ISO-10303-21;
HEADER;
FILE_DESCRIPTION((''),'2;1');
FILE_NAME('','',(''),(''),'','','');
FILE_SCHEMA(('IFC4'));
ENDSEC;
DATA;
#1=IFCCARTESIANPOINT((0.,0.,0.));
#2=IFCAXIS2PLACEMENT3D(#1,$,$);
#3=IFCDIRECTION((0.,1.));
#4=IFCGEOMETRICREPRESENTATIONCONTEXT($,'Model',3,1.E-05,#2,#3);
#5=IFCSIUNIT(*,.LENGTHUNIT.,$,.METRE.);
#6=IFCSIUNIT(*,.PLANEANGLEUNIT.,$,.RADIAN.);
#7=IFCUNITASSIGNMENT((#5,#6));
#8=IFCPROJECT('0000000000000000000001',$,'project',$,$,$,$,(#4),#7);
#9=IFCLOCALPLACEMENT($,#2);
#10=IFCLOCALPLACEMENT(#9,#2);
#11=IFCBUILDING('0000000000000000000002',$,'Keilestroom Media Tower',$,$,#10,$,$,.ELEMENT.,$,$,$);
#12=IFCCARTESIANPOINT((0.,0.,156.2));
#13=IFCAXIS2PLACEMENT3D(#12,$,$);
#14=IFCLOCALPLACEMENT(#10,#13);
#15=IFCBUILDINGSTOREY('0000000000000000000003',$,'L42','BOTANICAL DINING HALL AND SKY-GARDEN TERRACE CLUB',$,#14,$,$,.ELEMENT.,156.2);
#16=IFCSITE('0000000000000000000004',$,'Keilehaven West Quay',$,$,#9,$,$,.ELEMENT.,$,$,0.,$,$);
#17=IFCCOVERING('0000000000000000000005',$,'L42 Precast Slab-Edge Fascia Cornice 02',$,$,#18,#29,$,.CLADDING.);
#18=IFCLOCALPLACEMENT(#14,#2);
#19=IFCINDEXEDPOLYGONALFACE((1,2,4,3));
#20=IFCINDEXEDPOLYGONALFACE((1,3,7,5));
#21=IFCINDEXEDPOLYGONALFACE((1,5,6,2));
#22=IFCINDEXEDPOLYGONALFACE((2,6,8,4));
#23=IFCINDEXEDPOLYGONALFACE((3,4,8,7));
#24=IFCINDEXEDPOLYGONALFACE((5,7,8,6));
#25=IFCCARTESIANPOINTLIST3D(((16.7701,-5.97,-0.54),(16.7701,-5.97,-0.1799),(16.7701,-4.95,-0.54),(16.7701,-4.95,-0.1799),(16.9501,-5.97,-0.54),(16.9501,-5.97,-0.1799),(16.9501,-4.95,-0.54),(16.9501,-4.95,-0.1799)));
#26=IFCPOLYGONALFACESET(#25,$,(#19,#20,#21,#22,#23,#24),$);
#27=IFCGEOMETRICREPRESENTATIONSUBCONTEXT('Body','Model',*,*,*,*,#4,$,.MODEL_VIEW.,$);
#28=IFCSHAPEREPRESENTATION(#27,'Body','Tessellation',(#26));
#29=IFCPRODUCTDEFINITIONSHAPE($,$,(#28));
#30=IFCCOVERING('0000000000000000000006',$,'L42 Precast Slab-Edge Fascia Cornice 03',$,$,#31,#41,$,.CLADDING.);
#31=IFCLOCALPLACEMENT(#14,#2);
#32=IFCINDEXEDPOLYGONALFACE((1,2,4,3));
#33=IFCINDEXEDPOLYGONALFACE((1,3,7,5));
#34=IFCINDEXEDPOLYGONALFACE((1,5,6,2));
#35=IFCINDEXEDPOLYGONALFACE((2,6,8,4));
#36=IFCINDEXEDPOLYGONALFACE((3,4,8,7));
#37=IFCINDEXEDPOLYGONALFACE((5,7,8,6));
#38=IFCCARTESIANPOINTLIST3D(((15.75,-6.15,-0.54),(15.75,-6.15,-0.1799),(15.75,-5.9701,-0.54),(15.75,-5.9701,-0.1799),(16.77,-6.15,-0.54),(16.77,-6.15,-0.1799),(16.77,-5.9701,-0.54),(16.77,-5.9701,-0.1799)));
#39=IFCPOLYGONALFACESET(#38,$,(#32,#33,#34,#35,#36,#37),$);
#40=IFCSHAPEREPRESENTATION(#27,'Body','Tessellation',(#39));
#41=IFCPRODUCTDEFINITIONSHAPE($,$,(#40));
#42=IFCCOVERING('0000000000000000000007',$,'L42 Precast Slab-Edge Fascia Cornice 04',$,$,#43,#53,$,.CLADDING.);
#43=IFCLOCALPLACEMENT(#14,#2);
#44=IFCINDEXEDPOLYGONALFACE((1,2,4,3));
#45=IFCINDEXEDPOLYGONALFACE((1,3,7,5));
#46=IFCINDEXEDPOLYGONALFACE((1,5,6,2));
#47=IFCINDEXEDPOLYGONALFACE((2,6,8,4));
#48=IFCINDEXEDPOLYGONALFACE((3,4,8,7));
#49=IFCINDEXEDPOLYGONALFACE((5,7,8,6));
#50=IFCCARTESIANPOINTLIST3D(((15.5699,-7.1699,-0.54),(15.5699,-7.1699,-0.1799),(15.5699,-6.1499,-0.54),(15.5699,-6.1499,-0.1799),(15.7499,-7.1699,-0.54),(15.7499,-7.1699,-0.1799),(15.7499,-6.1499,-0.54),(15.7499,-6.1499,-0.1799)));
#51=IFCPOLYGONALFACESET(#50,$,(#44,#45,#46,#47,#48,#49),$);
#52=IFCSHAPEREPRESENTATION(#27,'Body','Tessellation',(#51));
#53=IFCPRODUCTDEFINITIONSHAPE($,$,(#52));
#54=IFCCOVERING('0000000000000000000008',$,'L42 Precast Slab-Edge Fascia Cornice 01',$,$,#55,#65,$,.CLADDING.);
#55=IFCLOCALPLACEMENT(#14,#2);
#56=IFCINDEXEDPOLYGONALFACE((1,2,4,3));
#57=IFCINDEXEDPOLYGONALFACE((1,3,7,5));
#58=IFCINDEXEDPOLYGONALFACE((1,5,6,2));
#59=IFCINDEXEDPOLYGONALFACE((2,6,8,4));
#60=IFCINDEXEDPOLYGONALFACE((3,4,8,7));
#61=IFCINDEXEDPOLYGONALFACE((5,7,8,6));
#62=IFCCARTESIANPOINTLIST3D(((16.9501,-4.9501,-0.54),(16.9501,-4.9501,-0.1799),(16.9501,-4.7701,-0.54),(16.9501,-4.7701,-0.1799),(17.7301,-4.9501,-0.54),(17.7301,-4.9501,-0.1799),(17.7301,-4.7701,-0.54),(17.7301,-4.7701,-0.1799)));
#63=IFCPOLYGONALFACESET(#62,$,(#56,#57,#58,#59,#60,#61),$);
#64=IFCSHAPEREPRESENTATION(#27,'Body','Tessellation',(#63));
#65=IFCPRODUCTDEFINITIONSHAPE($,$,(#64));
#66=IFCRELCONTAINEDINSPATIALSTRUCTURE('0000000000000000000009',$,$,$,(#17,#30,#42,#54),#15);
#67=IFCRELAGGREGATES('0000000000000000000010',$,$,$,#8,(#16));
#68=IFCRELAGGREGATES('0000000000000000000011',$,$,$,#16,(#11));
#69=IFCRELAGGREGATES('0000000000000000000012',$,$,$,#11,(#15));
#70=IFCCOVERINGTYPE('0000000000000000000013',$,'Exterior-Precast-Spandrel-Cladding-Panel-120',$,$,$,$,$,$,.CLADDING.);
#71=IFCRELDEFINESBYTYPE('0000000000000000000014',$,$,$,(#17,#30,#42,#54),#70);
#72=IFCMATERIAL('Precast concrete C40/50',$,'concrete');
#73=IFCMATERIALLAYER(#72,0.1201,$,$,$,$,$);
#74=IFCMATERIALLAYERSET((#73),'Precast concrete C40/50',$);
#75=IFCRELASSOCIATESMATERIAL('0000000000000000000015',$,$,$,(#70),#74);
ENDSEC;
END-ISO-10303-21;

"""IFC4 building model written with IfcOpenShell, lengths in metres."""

from ifc_helpers import new_model, si_unit, direction, frame, origin, origin_2d, place, context, subcontext, project, spatial, rectangle, extrude, source, transform, mapped, material, layer, layer_set, type_object, element, save


model = new_model("IFC4")

# Units and contexts
model_context = context("Model", 3, precision=1e-05, world=origin(), true_north=direction((0.0, 1.0)))
body_context = subcontext(model_context, "Body", "Model", "MODEL_VIEW")
ifc_project = project(units=[si_unit("LENGTHUNIT", "METRE"), si_unit("PLANEANGLEUNIT", "RADIAN")], contexts=[model_context])

# Site, building, storey
site_placement = place(None, origin())
site = spatial("IfcSite", under=ifc_project, at=site_placement, Name="Keilehaven West Quay", CompositionType="ELEMENT", RefElevation=0.0)
building_placement = place(site_placement, origin())
building = spatial("IfcBuilding", under=site, at=building_placement, Name="Keilestroom Media Tower", CompositionType="ELEMENT")
storey_placement = place(building_placement, frame((0.0, 0.0, 156.2)))
storey = spatial("IfcBuildingStorey", under=building, at=storey_placement, Name="L42", Description="BOTANICAL DINING HALL AND SKY-GARDEN TERRACE CLUB", CompositionType="ELEMENT", Elevation=156.2)

# Shared definitions
ifc_material_1 = material(Name="Precast concrete C40/50", Category="concrete")

# Coverings
ifc_layer_1 = layer(ifc_material_1, 0.1201)
ifc_layer_set_1 = layer_set([ifc_layer_1], Name="Precast concrete C40/50")
covering_type = type_object("IfcCoveringType", Name="Exterior-Precast-Spandrel-Cladding-Panel-120", PredefinedType="CLADDING", material=ifc_layer_set_1)
shared_shape_1 = source(origin(), body_context, "Body", "SweptSolid", [
    extrude(rectangle(XDim=1.02, YDim=0.1799, at=origin_2d()), origin(), (0.0, 0.0, 1.0), 0.3601),
])
for number, where, z_axis, x_axis, name in (
    (1, (16.8601, -5.46, -0.54), (0.0, 0.0, 1.0), (0.0, -1.0, 0.0), "L42 Precast Slab-Edge Fascia Cornice 02"),
    (2, (16.26, -6.0601, -0.54), (0.0, 0.0, 1.0), (-1.0, 0.0, 0.0), "L42 Precast Slab-Edge Fascia Cornice 03"),
    (3, (15.6599, -6.6599, -0.54), (0.0, 0.0, 1.0), (0.0, -1.0, 0.0), "L42 Precast Slab-Edge Fascia Cornice 04"),
):
    element("IfcCovering", number, at=place(storey_placement, frame(where, z_axis=z_axis, x_axis=x_axis)), inside=storey, type_object=covering_type, Name=name, PredefinedType="CLADDING", context=body_context, shape_type="MappedRepresentation", body=[
        mapped(shared_shape_1, transform((0.0, 0.0, 0.0), x_axis=(1.0, 0.0, 0.0), y_axis=(0.0, 1.0, 0.0), z_axis=(0.0, 0.0, 1.0), scale=1.0)),
    ])
shared_shape_2 = source(origin(), body_context, "Body", "SweptSolid", [
    extrude(rectangle(XDim=0.78, YDim=0.1799, at=origin_2d()), origin(), (0.0, 0.0, 1.0), 0.3601),
])
covering_placement = place(storey_placement, frame((17.3401, -4.8601, -0.54), z_axis=(0.0, 0.0, 1.0), x_axis=(-1.0, 0.0, 0.0)))
element("IfcCovering", 4, at=covering_placement, inside=storey, type_object=covering_type, Name="L42 Precast Slab-Edge Fascia Cornice 01", PredefinedType="CLADDING", context=body_context, shape_type="MappedRepresentation", body=[
    mapped(shared_shape_2, transform((0.0, 0.0, 0.0), x_axis=(1.0, 0.0, 0.0), y_axis=(0.0, 1.0, 0.0), z_axis=(0.0, 0.0, 1.0), scale=1.0)),
])

save(model, "model.ifc")
